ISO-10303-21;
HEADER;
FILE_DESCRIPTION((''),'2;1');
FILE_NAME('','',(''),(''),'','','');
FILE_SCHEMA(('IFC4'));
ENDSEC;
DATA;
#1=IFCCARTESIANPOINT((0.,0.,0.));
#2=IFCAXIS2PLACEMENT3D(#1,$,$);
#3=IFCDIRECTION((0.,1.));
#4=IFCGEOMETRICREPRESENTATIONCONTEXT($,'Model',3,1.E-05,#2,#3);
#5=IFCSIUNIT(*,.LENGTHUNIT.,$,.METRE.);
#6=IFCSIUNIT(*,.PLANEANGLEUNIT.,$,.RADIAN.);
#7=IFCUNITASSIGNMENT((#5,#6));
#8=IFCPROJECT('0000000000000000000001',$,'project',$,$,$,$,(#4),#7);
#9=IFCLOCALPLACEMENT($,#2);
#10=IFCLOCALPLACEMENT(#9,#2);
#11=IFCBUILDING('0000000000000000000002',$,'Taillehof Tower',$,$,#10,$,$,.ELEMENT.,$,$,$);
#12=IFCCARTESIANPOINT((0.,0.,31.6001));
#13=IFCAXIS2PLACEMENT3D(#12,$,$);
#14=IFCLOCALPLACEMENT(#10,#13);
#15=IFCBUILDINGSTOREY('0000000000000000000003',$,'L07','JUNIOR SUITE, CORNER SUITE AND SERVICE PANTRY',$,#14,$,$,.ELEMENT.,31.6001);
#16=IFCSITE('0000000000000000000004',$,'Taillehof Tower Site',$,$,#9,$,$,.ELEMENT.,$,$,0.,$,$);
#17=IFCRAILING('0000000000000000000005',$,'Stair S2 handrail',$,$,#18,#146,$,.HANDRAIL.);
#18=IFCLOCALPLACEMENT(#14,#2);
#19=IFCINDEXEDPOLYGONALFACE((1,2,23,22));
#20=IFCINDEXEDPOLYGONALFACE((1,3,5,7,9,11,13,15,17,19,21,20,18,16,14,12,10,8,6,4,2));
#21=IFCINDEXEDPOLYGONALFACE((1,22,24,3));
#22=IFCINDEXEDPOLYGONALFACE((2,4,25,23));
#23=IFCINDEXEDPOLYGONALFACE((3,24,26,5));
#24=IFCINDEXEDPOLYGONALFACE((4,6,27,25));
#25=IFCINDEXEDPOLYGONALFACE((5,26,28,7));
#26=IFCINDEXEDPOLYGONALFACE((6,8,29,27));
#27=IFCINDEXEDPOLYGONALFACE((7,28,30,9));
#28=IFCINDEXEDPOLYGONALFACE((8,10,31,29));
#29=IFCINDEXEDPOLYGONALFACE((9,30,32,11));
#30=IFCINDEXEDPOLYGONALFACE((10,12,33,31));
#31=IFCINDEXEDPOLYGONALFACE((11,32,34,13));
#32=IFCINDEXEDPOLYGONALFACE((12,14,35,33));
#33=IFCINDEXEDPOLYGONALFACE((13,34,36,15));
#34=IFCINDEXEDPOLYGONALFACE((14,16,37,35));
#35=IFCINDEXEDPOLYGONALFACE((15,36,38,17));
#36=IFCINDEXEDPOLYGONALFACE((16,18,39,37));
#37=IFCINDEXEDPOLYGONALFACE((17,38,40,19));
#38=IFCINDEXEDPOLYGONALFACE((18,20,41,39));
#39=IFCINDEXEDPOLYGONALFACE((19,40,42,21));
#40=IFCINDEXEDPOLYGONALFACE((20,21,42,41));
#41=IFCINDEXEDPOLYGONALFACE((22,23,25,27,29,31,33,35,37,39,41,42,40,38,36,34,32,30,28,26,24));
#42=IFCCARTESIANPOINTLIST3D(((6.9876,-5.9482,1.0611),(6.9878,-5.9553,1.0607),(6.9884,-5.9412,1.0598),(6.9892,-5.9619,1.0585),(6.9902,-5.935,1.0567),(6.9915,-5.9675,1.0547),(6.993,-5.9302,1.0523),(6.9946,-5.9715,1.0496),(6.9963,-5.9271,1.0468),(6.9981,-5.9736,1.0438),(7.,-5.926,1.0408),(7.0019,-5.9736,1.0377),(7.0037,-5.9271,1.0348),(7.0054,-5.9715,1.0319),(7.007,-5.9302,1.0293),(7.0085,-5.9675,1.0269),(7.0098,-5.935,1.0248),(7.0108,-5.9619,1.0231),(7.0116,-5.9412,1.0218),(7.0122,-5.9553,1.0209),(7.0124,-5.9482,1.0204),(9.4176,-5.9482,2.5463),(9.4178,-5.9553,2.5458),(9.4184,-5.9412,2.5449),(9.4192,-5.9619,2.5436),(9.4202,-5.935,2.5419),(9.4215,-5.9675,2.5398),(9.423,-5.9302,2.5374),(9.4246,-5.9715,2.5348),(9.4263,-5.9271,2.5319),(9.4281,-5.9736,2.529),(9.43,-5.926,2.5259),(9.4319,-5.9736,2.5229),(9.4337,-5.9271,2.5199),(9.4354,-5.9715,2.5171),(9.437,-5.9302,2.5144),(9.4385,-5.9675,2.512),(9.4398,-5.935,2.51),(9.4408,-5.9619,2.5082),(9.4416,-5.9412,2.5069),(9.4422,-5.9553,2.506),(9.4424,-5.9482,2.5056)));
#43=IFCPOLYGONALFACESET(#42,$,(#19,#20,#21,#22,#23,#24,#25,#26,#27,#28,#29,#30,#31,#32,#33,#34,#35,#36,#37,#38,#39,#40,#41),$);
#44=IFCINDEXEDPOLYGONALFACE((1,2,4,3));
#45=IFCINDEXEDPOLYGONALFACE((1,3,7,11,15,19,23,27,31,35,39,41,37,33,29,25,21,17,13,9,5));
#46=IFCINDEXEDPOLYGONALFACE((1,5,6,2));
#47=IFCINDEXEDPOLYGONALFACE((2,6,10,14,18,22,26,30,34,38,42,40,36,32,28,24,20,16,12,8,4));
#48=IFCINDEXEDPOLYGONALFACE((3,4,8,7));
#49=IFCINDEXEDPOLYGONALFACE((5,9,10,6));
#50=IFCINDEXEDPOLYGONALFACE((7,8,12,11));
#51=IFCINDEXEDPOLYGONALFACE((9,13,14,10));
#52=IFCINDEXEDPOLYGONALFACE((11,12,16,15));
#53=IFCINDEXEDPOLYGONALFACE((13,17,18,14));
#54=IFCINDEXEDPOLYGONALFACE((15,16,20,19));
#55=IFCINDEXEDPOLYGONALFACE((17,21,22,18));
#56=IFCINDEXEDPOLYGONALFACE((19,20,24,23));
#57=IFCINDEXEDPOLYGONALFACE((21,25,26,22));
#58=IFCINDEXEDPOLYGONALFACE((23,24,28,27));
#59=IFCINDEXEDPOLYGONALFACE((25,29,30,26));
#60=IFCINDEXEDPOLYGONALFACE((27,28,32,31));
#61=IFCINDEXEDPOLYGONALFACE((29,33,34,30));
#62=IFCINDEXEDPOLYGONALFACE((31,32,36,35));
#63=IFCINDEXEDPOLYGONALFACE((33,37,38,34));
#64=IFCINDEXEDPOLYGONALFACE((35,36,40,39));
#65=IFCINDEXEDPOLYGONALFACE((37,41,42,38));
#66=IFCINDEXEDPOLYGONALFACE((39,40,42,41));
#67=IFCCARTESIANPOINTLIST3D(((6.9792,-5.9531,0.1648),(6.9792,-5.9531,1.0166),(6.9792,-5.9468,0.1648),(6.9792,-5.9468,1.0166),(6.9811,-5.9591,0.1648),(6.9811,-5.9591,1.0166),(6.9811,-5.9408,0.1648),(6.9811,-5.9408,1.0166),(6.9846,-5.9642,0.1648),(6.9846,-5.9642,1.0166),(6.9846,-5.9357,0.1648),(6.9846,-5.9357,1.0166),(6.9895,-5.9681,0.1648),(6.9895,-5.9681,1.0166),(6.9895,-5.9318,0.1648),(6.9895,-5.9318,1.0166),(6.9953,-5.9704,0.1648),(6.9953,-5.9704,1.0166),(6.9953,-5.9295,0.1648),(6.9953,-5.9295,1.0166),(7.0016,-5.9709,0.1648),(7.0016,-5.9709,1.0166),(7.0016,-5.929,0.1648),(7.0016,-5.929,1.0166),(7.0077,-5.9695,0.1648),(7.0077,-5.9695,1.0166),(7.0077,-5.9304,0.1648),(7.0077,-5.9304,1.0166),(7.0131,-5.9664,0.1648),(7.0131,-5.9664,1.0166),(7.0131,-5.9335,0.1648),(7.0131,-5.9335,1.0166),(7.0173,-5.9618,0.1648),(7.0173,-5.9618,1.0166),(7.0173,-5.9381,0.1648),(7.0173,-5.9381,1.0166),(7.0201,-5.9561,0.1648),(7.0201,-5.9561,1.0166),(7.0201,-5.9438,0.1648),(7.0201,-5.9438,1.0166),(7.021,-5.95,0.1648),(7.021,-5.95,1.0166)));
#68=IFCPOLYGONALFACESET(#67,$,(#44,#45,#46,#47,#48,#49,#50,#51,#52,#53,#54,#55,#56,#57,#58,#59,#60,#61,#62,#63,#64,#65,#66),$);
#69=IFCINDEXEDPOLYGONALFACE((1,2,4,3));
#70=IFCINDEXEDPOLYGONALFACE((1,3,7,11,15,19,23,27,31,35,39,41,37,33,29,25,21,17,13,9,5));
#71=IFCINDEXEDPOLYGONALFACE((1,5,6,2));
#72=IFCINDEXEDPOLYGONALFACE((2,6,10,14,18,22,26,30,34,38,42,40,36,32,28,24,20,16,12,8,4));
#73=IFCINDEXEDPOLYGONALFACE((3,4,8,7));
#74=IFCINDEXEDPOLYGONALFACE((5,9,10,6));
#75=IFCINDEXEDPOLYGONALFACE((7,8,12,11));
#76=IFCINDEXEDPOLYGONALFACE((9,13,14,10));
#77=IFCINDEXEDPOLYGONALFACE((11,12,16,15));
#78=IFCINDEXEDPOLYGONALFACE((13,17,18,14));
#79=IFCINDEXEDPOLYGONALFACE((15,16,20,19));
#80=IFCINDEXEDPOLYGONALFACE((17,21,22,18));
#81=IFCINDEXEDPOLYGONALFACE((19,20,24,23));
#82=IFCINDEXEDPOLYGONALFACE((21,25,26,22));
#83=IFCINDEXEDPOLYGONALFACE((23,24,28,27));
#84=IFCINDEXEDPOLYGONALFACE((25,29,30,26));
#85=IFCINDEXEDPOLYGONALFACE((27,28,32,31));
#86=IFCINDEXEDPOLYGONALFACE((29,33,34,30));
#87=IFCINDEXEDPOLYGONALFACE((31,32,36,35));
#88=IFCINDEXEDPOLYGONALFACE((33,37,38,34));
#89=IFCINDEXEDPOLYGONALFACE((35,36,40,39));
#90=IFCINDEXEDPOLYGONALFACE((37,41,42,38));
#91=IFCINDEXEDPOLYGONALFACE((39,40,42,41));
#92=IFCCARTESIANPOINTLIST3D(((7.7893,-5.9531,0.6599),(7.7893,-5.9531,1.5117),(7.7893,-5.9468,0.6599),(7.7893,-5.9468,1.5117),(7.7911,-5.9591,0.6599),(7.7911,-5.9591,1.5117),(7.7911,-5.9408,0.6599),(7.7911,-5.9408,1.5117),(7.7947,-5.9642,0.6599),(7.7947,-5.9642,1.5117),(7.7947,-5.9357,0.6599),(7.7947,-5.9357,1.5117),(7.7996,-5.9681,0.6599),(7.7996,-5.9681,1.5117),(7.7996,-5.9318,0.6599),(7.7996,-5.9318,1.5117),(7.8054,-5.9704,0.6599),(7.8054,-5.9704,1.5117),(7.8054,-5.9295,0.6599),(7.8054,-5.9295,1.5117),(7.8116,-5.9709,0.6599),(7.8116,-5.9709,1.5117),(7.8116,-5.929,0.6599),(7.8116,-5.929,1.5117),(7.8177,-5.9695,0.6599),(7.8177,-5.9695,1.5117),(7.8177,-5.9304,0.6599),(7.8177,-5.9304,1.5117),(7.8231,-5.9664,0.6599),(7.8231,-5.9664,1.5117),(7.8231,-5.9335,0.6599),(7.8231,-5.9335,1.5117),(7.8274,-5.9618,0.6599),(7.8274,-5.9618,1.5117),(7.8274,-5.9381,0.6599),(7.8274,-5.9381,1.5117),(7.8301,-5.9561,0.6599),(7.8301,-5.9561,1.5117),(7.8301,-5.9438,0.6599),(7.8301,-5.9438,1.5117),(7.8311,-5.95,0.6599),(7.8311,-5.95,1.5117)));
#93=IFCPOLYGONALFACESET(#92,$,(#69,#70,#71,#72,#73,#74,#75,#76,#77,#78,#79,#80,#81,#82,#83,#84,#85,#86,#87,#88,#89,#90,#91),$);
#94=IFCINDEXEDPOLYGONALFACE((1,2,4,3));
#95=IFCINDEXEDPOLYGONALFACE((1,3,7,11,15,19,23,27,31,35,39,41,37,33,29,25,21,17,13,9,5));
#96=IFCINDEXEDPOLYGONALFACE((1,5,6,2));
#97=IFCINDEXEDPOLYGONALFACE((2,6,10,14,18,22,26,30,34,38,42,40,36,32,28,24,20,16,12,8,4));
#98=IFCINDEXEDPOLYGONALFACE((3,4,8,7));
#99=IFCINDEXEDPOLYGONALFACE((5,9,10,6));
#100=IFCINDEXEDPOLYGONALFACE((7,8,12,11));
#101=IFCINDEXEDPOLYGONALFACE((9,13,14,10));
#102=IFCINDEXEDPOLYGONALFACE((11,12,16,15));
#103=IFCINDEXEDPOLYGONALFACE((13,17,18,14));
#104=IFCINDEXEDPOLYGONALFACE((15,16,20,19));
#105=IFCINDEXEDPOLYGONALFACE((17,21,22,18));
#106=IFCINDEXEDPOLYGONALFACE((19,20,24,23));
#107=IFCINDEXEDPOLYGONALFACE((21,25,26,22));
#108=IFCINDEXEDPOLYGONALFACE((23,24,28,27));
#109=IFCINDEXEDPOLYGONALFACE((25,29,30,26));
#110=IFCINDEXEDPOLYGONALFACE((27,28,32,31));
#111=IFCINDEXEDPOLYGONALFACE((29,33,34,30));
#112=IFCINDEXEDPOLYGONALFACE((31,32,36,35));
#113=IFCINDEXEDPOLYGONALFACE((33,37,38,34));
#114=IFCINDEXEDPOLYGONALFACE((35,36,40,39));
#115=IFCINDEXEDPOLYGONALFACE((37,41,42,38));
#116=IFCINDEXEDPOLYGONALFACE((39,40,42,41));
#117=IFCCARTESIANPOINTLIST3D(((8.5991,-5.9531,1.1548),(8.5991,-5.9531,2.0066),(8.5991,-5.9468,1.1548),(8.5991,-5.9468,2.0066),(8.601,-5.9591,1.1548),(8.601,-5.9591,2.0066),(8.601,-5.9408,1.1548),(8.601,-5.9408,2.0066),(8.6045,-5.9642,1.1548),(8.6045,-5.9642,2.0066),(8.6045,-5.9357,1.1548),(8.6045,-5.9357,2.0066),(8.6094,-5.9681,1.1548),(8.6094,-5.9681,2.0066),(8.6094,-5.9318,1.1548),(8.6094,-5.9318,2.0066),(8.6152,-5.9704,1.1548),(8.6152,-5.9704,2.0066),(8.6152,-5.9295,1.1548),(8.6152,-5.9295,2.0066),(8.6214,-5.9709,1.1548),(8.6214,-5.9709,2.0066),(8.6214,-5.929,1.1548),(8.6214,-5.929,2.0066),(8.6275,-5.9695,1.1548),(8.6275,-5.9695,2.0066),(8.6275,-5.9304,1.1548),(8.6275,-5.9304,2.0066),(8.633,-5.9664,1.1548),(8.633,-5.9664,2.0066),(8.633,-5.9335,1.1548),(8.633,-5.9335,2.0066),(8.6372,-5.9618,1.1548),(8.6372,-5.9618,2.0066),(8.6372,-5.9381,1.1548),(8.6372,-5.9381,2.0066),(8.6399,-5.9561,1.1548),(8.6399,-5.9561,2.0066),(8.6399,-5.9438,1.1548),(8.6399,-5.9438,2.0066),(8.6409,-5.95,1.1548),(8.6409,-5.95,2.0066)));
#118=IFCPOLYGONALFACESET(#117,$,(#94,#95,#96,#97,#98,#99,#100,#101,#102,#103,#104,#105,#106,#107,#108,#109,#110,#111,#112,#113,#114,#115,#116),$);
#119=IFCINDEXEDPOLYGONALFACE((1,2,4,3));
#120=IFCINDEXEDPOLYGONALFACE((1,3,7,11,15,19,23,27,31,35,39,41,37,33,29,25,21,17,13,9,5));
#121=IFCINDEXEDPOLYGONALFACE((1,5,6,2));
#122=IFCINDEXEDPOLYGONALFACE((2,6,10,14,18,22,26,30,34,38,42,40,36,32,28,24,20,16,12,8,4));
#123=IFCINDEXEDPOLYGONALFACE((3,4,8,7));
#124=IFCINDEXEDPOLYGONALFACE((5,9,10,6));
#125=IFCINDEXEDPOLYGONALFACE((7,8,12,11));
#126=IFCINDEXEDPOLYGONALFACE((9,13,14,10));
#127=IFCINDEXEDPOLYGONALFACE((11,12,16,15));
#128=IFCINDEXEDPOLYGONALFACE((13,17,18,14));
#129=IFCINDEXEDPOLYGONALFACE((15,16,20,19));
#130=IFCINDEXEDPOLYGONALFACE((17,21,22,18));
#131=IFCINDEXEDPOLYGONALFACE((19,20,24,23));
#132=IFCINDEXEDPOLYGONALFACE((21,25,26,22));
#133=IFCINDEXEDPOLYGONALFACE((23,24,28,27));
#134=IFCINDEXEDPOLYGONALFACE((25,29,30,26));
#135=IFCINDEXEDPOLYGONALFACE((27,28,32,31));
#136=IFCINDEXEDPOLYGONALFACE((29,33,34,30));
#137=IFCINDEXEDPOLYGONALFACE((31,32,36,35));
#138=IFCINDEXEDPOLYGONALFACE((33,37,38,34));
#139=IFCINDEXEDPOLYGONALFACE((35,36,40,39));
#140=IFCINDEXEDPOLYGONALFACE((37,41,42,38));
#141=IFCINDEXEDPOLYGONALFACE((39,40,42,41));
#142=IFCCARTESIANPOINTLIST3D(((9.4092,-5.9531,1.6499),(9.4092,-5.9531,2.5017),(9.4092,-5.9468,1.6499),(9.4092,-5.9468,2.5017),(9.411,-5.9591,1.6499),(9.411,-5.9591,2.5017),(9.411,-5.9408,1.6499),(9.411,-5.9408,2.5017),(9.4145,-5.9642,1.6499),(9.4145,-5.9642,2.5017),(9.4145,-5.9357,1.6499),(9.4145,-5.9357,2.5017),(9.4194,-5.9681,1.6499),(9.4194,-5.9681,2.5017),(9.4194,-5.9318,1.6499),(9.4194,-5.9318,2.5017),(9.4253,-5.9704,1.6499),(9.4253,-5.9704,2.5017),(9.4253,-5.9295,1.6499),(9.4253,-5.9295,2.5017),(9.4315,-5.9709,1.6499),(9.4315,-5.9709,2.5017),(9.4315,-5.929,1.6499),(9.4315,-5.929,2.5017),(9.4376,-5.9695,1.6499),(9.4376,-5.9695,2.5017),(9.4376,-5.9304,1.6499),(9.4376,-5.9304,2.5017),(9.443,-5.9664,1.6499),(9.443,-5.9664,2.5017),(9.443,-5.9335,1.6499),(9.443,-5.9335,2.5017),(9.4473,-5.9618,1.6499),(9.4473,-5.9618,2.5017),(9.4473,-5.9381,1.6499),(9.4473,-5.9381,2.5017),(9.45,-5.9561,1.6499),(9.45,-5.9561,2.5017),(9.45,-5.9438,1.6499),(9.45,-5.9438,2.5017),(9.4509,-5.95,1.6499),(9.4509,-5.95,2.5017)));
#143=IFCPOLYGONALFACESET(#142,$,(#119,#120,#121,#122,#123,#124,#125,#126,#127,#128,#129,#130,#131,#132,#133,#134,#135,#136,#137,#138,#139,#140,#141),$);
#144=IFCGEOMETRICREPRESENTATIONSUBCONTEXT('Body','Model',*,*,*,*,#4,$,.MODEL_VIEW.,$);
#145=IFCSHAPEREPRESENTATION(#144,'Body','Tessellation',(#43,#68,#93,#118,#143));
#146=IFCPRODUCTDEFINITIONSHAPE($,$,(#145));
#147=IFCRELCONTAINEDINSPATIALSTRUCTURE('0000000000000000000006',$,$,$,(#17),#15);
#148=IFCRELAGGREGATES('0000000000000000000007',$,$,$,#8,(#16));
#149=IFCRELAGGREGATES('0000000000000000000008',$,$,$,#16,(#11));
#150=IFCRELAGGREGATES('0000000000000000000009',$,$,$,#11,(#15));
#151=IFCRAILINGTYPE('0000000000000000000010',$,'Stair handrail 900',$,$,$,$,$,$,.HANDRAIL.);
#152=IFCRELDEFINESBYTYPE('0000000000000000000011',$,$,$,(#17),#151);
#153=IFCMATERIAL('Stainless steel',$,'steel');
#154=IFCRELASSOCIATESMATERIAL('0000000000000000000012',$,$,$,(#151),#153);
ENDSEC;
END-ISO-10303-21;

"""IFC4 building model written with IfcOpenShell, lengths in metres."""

from ifc_helpers import new_model, si_unit, direction, frame, origin, origin_2d, place, context, subcontext, project, spatial, circle, extrude, material, type_object, element, save


model = new_model("IFC4")

# Units and contexts
model_context = context("Model", 3, precision=1e-05, world=origin(), true_north=direction((0.0, 1.0)))
body_context = subcontext(model_context, "Body", "Model", "MODEL_VIEW")
ifc_project = project(units=[si_unit("LENGTHUNIT", "METRE"), si_unit("PLANEANGLEUNIT", "RADIAN")], contexts=[model_context])

# Site, building, storey
site_placement = place(None, origin())
site = spatial("IfcSite", under=ifc_project, at=site_placement, Name="Taillehof Tower Site", CompositionType="ELEMENT", RefElevation=0.0)
building_placement = place(site_placement, origin())
building = spatial("IfcBuilding", under=site, at=building_placement, Name="Taillehof Tower", CompositionType="ELEMENT")
storey_placement = place(building_placement, frame((0.0, 0.0, 31.6001)))
storey = spatial("IfcBuildingStorey", under=building, at=storey_placement, Name="L07", Description="JUNIOR SUITE, CORNER SUITE AND SERVICE PANTRY", CompositionType="ELEMENT", Elevation=31.6001)

# Railing
ifc_material_1 = material(Name="Stainless steel", Category="steel")
railing_type = type_object("IfcRailingType", Name="Stair handrail 900", PredefinedType="HANDRAIL", material=ifc_material_1)
railing_1_placement = place(storey_placement, frame((7.0, -5.95, 0.1648)))
element("IfcRailing", 1, at=railing_1_placement, inside=storey, type_object=railing_type, Name="Stair S2 handrail", PredefinedType="HANDRAIL", context=body_context, shape_type="SweptSolid", body=[
    extrude(circle(Radius=0.0239, at=origin_2d()), frame((0.0, 0.0, 0.876), z_axis=(0.853259, 0.0, 0.521488), x_axis=(0.0, 1.0, 0.0)), (0.0, 0.0, 1.0), 2.8479),
    extrude(circle(Radius=0.021, at=origin_2d()), origin(), (0.0, 0.0, 1.0), 0.8518),
    extrude(circle(Radius=0.021, at=origin_2d()), frame((0.8101, 0.0, 0.4951)), (0.0, 0.0, 1.0), 0.8518),
    extrude(circle(Radius=0.021, at=origin_2d()), frame((1.6199, 0.0, 0.99)), (0.0, 0.0, 1.0), 0.8518),
    extrude(circle(Radius=0.021, at=origin_2d()), frame((2.4299, 0.0, 1.4851)), (0.0, 0.0, 1.0), 0.8518),
])

save(model, "model.ifc")
